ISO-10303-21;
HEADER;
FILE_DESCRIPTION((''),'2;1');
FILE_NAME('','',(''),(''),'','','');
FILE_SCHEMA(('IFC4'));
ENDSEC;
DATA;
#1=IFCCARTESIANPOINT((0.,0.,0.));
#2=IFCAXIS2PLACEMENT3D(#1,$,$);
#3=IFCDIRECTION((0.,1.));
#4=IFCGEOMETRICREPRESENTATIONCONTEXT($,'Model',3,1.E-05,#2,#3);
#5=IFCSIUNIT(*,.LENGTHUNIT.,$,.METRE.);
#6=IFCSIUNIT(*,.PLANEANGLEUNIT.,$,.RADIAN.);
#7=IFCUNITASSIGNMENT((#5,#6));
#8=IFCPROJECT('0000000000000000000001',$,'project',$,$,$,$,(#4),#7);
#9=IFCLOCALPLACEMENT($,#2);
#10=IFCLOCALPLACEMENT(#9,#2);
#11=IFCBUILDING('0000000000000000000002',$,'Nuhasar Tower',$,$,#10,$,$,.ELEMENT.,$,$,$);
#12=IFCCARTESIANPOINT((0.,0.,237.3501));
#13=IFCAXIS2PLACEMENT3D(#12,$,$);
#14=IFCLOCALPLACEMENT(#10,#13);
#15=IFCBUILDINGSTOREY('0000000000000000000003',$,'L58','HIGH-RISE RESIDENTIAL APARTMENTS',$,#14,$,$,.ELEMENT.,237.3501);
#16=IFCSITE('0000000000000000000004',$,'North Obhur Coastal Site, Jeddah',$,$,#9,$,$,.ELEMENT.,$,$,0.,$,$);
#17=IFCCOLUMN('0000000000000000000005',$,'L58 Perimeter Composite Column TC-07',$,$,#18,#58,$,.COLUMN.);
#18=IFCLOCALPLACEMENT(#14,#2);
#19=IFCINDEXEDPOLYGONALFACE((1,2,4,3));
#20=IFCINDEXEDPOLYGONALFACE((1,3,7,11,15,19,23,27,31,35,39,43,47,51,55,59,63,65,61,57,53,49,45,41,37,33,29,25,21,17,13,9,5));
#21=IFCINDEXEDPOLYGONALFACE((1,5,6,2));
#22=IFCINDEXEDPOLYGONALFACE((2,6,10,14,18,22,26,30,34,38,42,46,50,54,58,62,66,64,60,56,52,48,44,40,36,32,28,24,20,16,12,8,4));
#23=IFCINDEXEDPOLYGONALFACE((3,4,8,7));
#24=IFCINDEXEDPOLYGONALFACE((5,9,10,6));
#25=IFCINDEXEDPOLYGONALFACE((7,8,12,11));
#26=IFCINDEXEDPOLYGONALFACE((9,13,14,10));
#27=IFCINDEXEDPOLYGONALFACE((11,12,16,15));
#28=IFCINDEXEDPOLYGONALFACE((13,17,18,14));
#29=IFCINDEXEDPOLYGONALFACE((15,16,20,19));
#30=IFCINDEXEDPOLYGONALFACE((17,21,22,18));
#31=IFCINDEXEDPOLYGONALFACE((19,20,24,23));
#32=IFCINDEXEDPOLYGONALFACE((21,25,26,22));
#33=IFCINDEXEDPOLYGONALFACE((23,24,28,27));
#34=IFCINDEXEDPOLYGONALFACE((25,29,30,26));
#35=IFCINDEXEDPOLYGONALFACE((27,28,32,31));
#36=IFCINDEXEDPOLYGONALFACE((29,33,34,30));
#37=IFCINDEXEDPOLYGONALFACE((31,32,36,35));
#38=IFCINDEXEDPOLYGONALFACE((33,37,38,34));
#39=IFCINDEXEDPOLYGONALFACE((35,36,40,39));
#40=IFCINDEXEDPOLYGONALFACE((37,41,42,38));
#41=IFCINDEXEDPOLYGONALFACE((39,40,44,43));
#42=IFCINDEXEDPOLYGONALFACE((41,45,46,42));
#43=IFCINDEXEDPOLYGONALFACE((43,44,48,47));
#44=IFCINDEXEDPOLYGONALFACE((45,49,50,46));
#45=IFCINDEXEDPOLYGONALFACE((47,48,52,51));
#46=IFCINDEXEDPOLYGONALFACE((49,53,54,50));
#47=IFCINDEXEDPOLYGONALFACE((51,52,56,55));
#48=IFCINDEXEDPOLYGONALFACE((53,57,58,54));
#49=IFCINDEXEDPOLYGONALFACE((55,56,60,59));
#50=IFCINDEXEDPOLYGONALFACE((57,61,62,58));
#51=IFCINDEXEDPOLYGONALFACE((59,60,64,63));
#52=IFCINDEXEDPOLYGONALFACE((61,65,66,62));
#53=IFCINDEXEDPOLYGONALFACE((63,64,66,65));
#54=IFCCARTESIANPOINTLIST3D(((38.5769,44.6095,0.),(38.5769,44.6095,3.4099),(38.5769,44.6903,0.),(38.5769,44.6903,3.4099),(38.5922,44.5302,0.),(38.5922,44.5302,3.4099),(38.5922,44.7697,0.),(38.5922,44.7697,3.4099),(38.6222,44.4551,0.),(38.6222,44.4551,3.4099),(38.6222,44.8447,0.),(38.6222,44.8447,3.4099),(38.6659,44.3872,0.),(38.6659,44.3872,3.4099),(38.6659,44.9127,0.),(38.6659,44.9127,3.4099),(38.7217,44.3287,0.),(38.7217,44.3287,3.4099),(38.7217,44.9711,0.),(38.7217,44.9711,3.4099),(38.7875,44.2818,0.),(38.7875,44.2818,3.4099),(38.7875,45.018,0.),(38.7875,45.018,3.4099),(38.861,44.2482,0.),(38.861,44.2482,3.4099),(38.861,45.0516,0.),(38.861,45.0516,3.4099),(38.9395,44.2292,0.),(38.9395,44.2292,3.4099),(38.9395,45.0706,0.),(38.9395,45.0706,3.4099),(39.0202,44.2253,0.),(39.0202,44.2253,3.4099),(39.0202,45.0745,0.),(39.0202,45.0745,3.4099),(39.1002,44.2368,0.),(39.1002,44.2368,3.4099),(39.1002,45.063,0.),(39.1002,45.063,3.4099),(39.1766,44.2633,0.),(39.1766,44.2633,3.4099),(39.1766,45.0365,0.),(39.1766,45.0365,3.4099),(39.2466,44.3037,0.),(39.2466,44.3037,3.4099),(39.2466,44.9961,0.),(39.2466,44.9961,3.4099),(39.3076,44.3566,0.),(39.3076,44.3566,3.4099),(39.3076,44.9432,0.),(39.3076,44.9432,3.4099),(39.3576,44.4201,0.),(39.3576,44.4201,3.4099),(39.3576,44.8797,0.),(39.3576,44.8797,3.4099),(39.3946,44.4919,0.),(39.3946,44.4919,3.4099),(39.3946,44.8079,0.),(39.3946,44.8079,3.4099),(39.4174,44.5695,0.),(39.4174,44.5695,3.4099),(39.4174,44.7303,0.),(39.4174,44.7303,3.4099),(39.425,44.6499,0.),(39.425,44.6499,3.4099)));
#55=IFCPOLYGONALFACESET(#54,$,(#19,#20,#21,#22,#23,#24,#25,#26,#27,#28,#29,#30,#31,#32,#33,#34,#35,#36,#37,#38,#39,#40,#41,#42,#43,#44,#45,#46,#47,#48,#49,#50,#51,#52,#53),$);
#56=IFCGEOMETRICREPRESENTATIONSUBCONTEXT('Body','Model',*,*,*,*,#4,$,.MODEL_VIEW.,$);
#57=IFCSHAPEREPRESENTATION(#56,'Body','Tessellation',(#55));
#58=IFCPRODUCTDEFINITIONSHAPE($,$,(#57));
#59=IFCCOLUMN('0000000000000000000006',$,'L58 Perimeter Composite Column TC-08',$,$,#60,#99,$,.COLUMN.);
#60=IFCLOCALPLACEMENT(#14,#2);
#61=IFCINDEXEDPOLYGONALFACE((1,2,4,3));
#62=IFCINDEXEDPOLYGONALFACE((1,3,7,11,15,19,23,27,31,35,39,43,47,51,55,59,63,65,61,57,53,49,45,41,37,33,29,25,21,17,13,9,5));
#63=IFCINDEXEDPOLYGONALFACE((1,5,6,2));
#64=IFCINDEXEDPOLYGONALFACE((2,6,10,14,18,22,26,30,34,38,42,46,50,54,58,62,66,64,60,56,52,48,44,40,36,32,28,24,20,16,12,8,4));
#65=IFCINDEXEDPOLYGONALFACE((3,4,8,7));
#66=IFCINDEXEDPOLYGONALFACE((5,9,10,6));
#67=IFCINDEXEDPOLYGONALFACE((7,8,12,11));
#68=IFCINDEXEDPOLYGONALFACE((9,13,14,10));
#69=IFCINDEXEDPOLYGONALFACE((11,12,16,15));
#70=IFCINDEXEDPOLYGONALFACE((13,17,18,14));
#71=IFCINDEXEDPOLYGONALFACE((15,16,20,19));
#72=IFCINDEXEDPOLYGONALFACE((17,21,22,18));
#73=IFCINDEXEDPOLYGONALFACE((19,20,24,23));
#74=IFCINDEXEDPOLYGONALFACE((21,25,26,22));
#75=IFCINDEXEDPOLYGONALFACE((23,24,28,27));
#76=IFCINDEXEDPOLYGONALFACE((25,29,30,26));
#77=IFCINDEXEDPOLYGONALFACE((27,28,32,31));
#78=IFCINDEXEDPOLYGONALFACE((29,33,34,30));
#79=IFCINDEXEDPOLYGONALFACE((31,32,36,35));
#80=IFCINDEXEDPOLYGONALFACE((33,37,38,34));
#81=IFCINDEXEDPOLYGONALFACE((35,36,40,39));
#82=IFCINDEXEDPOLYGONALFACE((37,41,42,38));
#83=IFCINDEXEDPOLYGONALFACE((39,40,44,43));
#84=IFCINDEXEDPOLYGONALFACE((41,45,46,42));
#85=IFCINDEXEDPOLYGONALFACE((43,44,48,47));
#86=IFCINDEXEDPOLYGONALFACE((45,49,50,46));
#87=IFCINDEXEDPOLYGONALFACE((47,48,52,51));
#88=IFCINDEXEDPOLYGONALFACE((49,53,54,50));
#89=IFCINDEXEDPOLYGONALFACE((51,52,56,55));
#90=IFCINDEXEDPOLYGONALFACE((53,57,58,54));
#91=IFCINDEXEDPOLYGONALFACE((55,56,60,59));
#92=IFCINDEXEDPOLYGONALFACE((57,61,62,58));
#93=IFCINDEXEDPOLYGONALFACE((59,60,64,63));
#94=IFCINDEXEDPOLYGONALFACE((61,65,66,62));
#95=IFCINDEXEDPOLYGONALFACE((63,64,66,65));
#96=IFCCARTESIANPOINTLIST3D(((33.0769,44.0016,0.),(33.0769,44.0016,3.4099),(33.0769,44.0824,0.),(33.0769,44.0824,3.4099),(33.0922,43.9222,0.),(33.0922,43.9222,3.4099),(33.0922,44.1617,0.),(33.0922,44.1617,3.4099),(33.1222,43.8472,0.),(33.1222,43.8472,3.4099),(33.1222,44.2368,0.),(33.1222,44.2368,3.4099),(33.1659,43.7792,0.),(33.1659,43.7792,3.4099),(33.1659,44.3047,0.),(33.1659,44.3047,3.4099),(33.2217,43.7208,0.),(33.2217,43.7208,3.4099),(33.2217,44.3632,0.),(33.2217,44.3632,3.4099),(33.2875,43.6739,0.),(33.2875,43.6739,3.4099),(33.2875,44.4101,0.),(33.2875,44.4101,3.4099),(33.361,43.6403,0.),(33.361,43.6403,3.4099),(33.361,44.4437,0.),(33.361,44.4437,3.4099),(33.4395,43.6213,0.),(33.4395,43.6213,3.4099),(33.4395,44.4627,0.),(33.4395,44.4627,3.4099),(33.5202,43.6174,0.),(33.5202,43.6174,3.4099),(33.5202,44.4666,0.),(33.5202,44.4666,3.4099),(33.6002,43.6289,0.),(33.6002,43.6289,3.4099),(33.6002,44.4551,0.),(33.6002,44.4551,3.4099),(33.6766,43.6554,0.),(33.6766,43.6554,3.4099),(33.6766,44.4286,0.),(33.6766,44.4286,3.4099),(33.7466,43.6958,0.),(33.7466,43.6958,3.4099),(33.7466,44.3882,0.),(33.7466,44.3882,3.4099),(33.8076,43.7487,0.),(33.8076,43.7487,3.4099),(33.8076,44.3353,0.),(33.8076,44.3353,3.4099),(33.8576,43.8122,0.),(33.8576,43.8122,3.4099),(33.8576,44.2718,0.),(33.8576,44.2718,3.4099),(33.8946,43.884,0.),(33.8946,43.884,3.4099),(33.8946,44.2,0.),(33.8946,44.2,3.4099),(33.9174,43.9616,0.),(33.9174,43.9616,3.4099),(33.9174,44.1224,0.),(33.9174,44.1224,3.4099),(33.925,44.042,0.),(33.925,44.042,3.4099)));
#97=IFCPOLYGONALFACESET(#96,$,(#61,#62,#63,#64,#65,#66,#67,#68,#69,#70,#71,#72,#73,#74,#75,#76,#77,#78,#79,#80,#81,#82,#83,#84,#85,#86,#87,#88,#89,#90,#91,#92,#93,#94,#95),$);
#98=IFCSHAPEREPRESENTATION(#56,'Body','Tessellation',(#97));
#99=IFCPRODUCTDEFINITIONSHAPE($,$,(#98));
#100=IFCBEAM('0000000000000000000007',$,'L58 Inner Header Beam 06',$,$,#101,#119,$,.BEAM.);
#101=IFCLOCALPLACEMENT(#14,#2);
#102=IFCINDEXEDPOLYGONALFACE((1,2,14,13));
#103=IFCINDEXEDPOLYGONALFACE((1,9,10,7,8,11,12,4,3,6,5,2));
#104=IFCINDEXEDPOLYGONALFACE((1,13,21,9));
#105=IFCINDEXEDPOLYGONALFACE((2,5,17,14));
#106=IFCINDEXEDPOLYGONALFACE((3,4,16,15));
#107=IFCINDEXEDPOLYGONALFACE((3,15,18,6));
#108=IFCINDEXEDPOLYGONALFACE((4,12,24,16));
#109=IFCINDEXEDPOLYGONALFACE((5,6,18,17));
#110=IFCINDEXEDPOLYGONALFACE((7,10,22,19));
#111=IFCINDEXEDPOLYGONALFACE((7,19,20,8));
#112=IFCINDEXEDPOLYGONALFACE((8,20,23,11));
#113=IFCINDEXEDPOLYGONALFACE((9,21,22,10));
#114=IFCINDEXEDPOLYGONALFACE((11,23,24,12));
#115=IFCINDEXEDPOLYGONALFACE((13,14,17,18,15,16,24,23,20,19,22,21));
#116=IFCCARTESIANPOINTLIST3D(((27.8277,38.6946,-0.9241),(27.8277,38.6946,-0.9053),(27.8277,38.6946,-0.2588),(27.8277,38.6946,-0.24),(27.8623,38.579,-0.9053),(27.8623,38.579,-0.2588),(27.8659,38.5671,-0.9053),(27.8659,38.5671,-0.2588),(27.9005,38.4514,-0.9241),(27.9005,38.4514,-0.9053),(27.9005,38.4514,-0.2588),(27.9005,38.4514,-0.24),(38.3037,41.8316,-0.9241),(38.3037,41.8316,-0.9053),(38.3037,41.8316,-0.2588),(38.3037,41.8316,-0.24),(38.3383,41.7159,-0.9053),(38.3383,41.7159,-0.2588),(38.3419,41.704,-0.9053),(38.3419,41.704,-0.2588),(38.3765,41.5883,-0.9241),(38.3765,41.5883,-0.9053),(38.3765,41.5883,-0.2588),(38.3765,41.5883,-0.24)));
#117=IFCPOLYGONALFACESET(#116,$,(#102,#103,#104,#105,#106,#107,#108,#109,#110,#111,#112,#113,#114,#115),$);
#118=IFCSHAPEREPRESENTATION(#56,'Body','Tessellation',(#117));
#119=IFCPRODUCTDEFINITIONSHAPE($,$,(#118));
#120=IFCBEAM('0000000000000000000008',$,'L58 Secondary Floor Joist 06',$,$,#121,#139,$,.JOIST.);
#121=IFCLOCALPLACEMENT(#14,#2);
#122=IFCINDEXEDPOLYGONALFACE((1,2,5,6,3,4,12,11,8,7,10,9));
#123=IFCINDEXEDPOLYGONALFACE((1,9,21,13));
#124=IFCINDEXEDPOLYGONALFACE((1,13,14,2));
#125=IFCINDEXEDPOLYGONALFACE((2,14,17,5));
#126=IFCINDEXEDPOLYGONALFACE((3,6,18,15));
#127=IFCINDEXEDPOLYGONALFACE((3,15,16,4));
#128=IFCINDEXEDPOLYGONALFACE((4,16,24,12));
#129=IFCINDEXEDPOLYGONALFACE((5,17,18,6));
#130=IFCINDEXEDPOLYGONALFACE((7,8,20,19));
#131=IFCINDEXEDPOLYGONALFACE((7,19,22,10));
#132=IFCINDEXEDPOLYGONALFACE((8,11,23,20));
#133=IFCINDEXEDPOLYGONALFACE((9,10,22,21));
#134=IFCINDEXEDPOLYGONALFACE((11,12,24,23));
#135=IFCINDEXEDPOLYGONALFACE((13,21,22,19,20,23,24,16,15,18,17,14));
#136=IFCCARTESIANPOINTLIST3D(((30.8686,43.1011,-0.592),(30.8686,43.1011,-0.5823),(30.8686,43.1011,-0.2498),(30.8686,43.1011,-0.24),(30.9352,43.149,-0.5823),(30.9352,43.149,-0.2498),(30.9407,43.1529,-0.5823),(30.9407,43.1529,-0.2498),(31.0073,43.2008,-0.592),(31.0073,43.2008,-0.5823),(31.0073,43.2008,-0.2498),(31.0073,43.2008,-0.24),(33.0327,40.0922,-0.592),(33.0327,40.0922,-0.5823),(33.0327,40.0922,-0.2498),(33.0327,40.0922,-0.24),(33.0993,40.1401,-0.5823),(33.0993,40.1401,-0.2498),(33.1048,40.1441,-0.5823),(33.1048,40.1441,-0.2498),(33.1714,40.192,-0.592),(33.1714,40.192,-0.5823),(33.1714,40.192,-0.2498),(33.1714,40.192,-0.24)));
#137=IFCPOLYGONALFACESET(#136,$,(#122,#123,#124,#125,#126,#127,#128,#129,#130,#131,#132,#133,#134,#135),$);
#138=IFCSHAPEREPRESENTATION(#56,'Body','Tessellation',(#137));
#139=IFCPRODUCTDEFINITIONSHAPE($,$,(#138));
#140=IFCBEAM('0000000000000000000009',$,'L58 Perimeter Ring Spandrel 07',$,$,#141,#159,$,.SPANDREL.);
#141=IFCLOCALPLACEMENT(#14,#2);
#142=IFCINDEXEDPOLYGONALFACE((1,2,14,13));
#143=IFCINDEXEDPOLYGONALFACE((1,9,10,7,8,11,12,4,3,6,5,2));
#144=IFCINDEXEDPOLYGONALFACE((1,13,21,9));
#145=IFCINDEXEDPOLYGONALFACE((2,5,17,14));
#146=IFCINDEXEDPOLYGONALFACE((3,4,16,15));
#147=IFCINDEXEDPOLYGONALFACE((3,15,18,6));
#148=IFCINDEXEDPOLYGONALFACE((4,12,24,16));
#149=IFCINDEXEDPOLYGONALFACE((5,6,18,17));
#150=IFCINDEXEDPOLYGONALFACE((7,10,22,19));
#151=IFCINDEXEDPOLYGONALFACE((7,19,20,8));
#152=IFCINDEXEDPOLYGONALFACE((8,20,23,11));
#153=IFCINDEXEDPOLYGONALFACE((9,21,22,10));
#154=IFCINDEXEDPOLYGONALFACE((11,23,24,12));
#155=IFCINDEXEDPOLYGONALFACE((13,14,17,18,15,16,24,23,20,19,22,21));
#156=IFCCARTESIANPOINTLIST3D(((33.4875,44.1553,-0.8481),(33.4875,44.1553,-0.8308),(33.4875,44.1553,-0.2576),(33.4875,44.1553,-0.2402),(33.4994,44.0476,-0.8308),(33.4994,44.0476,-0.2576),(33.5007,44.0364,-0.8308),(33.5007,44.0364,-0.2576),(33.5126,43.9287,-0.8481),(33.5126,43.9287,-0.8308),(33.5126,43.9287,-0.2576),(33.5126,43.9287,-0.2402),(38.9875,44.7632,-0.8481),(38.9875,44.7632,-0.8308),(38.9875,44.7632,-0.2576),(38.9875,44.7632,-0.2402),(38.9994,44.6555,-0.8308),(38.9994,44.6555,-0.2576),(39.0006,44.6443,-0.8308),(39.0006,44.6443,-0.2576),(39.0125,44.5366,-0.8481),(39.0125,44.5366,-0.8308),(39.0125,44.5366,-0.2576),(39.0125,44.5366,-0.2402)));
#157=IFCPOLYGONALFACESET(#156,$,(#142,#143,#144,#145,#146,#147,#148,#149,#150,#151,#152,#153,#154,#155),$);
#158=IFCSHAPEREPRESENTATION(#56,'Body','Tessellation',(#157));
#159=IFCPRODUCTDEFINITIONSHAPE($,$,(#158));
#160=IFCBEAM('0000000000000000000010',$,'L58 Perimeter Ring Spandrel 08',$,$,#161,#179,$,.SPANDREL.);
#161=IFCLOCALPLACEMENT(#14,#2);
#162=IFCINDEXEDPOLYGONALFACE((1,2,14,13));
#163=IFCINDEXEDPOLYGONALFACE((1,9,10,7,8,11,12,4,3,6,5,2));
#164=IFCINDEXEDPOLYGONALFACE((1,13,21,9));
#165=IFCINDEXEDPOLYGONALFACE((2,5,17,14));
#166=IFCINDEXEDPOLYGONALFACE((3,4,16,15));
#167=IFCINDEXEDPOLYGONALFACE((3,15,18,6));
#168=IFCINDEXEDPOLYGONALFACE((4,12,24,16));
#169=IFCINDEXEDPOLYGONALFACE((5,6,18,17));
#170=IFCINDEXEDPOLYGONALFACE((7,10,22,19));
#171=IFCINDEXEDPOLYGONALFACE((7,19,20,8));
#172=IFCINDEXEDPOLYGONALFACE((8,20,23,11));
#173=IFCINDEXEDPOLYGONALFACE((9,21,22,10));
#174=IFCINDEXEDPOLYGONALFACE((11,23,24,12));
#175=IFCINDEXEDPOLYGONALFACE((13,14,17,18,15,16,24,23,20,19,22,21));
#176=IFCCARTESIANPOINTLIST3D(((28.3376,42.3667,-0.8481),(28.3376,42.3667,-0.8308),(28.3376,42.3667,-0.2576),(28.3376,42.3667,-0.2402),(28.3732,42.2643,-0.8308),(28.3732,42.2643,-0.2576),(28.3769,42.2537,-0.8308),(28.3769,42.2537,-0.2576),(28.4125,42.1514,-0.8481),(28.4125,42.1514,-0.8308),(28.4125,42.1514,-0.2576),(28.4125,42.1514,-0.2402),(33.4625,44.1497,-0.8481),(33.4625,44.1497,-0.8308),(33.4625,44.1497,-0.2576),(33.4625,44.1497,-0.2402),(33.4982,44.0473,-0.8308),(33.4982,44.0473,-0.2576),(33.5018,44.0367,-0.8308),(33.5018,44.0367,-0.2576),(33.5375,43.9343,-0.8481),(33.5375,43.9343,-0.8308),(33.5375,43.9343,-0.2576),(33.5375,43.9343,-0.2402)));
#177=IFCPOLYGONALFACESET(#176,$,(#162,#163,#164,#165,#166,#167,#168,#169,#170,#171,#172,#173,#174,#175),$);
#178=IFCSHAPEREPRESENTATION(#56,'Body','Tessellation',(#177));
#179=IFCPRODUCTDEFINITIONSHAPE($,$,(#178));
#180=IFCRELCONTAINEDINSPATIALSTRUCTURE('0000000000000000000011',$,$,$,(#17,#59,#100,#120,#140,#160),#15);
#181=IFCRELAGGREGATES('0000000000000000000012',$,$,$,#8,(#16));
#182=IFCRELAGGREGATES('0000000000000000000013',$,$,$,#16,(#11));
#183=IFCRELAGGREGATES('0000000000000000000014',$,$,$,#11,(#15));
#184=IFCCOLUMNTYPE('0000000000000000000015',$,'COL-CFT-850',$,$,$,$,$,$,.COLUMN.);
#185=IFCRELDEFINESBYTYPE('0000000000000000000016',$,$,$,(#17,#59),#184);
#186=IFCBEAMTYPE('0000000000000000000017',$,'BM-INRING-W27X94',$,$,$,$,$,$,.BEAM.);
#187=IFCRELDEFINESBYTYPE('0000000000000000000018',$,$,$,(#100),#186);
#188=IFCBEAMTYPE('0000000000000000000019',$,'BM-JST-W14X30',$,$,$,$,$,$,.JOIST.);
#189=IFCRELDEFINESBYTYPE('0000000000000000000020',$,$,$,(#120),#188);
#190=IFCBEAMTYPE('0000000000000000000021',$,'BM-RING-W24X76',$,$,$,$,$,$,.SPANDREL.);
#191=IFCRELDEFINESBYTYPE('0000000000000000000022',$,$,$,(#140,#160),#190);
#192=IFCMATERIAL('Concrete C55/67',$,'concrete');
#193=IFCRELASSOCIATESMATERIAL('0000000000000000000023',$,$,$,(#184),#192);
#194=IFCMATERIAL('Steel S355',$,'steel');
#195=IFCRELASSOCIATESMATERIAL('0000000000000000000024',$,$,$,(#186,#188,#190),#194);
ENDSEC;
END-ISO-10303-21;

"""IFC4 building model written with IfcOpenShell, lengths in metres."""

from ifc_helpers import new_model, si_unit, direction, frame, origin, origin_2d, place, context, subcontext, project, spatial, circle, i_section, extrude, material, material_profile, profile_set, type_object, element, save


model = new_model("IFC4")

# Units and contexts
model_context = context("Model", 3, precision=1e-05, world=origin(), true_north=direction((0.0, 1.0)))
body_context = subcontext(model_context, "Body", "Model", "MODEL_VIEW")
ifc_project = project(units=[si_unit("LENGTHUNIT", "METRE"), si_unit("PLANEANGLEUNIT", "RADIAN")], contexts=[model_context])

# Site, building, storey
site_placement = place(None, origin())
site = spatial("IfcSite", under=ifc_project, at=site_placement, Name="North Obhur Coastal Site, Jeddah", CompositionType="ELEMENT", RefElevation=0.0)
building_placement = place(site_placement, origin())
building = spatial("IfcBuilding", under=site, at=building_placement, Name="Nuhasar Tower", CompositionType="ELEMENT")
storey_placement = place(building_placement, frame((0.0, 0.0, 237.3501)))
storey = spatial("IfcBuildingStorey", under=building, at=storey_placement, Name="L58", Description="HIGH-RISE RESIDENTIAL APARTMENTS", CompositionType="ELEMENT", Elevation=237.3501)

# Columns
ifc_material_1 = material(Name="Concrete C55/67", Category="concrete")
ifc_material_profile_1 = material_profile(ifc_material_1, circle(Radius=0.425, at=origin_2d()), Name="CFT850")
ifc_profile_set_1 = profile_set([ifc_material_profile_1], Name="Concrete C55/67")
column_type = type_object("IfcColumnType", Name="COL-CFT-850", PredefinedType="COLUMN", material=ifc_profile_set_1)
for number, where, z_axis, x_axis, name in (
    (1, (39.0, 44.6499, 0.0), (0.0, 0.0, 1.0), (1.0, 0.0, 0.0), "L58 Perimeter Composite Column TC-07"),
    (2, (33.5, 44.042, 0.0), (0.0, 0.0, 1.0), (1.0, 0.0, 0.0), "L58 Perimeter Composite Column TC-08"),
):
    element("IfcColumn", number, at=place(storey_placement, frame(where, z_axis=z_axis, x_axis=x_axis)), inside=storey, type_object=column_type, Name=name, PredefinedType="COLUMN", context=body_context, shape_type="SweptSolid", body=[
        extrude(circle(Radius=0.425, at=origin_2d()), origin(), (0.0, 0.0, 1.0), 3.4099),
    ])

# Beams
ifc_material_2 = material(Name="Steel S355", Category="steel")
ifc_material_profile_2 = material_profile(ifc_material_2, i_section(OverallWidth=0.2539, OverallDepth=0.6841, WebThickness=0.0125, FlangeThickness=0.0188, at=origin_2d()), Name="W27X94")
ifc_profile_set_2 = profile_set([ifc_material_profile_2], Name="Steel S355")
beam_type_1 = type_object("IfcBeamType", Name="BM-INRING-W27X94", PredefinedType="BEAM", material=ifc_profile_set_2)
beam_1_placement = place(storey_placement, frame((38.3401, 41.71, -0.582), z_axis=(-0.957974, -0.286856, 0.0), x_axis=(0.286856, -0.957974, 0.0)))
element("IfcBeam", 3, at=beam_1_placement, inside=storey, type_object=beam_type_1, Name="L58 Inner Header Beam 06", PredefinedType="BEAM", context=body_context, shape_type="SweptSolid", body=[
    extrude(i_section(OverallWidth=0.2539, OverallDepth=0.6841, WebThickness=0.0125, FlangeThickness=0.0188, at=origin_2d()), origin(), (0.0, 0.0, 1.0), 10.9355),
])
ifc_material_profile_3 = material_profile(ifc_material_2, i_section(OverallWidth=0.1709, OverallDepth=0.3521, WebThickness=0.0068, FlangeThickness=0.0098, at=origin_2d()), Name="W14X30")
ifc_profile_set_3 = profile_set([ifc_material_profile_3], Name="Steel S355")
beam_type_2 = type_object("IfcBeamType", Name="BM-JST-W14X30", PredefinedType="JOIST", material=ifc_profile_set_3)
beam_2_placement = place(storey_placement, frame((33.1021, 40.1421, -0.416), z_axis=(-0.583902, 0.811824, 0.0), x_axis=(-0.811824, -0.583902, 0.0)))
element("IfcBeam", 4, at=beam_2_placement, inside=storey, type_object=beam_type_2, Name="L58 Secondary Floor Joist 06", PredefinedType="JOIST", context=body_context, shape_type="SweptSolid", body=[
    extrude(i_section(OverallWidth=0.1709, OverallDepth=0.3521, WebThickness=0.0068, FlangeThickness=0.0098, at=origin_2d()), origin(), (0.0, 0.0, 1.0), 3.7063),
])
ifc_material_profile_4 = material_profile(ifc_material_2, i_section(OverallWidth=0.228, OverallDepth=0.6079, WebThickness=0.0112, FlangeThickness=0.0173, at=origin_2d()), Name="W24X76")
ifc_profile_set_4 = profile_set([ifc_material_profile_4], Name="Steel S355")
beam_type_3 = type_object("IfcBeamType", Name="BM-RING-W24X76", PredefinedType="SPANDREL", material=ifc_profile_set_4)
beam_3_placement = place(storey_placement, frame((39.0, 44.6499, -0.5442), z_axis=(-0.993947, -0.10986, 0.0), x_axis=(0.10986, -0.993947, 0.0)))
element("IfcBeam", 5, at=beam_3_placement, inside=storey, type_object=beam_type_3, Name="L58 Perimeter Ring Spandrel 07", PredefinedType="SPANDREL", context=body_context, shape_type="SweptSolid", body=[
    extrude(i_section(OverallWidth=0.228, OverallDepth=0.6079, WebThickness=0.0112, FlangeThickness=0.0173, at=origin_2d()), origin(), (0.0, 0.0, 1.0), 5.5334),
])
beam_4_placement = place(storey_placement, frame((33.5, 44.042, -0.5442), z_axis=(-0.944477, -0.328578, 0.0), x_axis=(0.328578, -0.944477, 0.0)))
element("IfcBeam", 6, at=beam_4_placement, inside=storey, type_object=beam_type_3, Name="L58 Perimeter Ring Spandrel 08", PredefinedType="SPANDREL", context=body_context, shape_type="SweptSolid", body=[
    extrude(i_section(OverallWidth=0.228, OverallDepth=0.6079, WebThickness=0.0112, FlangeThickness=0.0173, at=origin_2d()), origin(), (0.0, 0.0, 1.0), 5.4263),
])

save(model, "model.ifc")
